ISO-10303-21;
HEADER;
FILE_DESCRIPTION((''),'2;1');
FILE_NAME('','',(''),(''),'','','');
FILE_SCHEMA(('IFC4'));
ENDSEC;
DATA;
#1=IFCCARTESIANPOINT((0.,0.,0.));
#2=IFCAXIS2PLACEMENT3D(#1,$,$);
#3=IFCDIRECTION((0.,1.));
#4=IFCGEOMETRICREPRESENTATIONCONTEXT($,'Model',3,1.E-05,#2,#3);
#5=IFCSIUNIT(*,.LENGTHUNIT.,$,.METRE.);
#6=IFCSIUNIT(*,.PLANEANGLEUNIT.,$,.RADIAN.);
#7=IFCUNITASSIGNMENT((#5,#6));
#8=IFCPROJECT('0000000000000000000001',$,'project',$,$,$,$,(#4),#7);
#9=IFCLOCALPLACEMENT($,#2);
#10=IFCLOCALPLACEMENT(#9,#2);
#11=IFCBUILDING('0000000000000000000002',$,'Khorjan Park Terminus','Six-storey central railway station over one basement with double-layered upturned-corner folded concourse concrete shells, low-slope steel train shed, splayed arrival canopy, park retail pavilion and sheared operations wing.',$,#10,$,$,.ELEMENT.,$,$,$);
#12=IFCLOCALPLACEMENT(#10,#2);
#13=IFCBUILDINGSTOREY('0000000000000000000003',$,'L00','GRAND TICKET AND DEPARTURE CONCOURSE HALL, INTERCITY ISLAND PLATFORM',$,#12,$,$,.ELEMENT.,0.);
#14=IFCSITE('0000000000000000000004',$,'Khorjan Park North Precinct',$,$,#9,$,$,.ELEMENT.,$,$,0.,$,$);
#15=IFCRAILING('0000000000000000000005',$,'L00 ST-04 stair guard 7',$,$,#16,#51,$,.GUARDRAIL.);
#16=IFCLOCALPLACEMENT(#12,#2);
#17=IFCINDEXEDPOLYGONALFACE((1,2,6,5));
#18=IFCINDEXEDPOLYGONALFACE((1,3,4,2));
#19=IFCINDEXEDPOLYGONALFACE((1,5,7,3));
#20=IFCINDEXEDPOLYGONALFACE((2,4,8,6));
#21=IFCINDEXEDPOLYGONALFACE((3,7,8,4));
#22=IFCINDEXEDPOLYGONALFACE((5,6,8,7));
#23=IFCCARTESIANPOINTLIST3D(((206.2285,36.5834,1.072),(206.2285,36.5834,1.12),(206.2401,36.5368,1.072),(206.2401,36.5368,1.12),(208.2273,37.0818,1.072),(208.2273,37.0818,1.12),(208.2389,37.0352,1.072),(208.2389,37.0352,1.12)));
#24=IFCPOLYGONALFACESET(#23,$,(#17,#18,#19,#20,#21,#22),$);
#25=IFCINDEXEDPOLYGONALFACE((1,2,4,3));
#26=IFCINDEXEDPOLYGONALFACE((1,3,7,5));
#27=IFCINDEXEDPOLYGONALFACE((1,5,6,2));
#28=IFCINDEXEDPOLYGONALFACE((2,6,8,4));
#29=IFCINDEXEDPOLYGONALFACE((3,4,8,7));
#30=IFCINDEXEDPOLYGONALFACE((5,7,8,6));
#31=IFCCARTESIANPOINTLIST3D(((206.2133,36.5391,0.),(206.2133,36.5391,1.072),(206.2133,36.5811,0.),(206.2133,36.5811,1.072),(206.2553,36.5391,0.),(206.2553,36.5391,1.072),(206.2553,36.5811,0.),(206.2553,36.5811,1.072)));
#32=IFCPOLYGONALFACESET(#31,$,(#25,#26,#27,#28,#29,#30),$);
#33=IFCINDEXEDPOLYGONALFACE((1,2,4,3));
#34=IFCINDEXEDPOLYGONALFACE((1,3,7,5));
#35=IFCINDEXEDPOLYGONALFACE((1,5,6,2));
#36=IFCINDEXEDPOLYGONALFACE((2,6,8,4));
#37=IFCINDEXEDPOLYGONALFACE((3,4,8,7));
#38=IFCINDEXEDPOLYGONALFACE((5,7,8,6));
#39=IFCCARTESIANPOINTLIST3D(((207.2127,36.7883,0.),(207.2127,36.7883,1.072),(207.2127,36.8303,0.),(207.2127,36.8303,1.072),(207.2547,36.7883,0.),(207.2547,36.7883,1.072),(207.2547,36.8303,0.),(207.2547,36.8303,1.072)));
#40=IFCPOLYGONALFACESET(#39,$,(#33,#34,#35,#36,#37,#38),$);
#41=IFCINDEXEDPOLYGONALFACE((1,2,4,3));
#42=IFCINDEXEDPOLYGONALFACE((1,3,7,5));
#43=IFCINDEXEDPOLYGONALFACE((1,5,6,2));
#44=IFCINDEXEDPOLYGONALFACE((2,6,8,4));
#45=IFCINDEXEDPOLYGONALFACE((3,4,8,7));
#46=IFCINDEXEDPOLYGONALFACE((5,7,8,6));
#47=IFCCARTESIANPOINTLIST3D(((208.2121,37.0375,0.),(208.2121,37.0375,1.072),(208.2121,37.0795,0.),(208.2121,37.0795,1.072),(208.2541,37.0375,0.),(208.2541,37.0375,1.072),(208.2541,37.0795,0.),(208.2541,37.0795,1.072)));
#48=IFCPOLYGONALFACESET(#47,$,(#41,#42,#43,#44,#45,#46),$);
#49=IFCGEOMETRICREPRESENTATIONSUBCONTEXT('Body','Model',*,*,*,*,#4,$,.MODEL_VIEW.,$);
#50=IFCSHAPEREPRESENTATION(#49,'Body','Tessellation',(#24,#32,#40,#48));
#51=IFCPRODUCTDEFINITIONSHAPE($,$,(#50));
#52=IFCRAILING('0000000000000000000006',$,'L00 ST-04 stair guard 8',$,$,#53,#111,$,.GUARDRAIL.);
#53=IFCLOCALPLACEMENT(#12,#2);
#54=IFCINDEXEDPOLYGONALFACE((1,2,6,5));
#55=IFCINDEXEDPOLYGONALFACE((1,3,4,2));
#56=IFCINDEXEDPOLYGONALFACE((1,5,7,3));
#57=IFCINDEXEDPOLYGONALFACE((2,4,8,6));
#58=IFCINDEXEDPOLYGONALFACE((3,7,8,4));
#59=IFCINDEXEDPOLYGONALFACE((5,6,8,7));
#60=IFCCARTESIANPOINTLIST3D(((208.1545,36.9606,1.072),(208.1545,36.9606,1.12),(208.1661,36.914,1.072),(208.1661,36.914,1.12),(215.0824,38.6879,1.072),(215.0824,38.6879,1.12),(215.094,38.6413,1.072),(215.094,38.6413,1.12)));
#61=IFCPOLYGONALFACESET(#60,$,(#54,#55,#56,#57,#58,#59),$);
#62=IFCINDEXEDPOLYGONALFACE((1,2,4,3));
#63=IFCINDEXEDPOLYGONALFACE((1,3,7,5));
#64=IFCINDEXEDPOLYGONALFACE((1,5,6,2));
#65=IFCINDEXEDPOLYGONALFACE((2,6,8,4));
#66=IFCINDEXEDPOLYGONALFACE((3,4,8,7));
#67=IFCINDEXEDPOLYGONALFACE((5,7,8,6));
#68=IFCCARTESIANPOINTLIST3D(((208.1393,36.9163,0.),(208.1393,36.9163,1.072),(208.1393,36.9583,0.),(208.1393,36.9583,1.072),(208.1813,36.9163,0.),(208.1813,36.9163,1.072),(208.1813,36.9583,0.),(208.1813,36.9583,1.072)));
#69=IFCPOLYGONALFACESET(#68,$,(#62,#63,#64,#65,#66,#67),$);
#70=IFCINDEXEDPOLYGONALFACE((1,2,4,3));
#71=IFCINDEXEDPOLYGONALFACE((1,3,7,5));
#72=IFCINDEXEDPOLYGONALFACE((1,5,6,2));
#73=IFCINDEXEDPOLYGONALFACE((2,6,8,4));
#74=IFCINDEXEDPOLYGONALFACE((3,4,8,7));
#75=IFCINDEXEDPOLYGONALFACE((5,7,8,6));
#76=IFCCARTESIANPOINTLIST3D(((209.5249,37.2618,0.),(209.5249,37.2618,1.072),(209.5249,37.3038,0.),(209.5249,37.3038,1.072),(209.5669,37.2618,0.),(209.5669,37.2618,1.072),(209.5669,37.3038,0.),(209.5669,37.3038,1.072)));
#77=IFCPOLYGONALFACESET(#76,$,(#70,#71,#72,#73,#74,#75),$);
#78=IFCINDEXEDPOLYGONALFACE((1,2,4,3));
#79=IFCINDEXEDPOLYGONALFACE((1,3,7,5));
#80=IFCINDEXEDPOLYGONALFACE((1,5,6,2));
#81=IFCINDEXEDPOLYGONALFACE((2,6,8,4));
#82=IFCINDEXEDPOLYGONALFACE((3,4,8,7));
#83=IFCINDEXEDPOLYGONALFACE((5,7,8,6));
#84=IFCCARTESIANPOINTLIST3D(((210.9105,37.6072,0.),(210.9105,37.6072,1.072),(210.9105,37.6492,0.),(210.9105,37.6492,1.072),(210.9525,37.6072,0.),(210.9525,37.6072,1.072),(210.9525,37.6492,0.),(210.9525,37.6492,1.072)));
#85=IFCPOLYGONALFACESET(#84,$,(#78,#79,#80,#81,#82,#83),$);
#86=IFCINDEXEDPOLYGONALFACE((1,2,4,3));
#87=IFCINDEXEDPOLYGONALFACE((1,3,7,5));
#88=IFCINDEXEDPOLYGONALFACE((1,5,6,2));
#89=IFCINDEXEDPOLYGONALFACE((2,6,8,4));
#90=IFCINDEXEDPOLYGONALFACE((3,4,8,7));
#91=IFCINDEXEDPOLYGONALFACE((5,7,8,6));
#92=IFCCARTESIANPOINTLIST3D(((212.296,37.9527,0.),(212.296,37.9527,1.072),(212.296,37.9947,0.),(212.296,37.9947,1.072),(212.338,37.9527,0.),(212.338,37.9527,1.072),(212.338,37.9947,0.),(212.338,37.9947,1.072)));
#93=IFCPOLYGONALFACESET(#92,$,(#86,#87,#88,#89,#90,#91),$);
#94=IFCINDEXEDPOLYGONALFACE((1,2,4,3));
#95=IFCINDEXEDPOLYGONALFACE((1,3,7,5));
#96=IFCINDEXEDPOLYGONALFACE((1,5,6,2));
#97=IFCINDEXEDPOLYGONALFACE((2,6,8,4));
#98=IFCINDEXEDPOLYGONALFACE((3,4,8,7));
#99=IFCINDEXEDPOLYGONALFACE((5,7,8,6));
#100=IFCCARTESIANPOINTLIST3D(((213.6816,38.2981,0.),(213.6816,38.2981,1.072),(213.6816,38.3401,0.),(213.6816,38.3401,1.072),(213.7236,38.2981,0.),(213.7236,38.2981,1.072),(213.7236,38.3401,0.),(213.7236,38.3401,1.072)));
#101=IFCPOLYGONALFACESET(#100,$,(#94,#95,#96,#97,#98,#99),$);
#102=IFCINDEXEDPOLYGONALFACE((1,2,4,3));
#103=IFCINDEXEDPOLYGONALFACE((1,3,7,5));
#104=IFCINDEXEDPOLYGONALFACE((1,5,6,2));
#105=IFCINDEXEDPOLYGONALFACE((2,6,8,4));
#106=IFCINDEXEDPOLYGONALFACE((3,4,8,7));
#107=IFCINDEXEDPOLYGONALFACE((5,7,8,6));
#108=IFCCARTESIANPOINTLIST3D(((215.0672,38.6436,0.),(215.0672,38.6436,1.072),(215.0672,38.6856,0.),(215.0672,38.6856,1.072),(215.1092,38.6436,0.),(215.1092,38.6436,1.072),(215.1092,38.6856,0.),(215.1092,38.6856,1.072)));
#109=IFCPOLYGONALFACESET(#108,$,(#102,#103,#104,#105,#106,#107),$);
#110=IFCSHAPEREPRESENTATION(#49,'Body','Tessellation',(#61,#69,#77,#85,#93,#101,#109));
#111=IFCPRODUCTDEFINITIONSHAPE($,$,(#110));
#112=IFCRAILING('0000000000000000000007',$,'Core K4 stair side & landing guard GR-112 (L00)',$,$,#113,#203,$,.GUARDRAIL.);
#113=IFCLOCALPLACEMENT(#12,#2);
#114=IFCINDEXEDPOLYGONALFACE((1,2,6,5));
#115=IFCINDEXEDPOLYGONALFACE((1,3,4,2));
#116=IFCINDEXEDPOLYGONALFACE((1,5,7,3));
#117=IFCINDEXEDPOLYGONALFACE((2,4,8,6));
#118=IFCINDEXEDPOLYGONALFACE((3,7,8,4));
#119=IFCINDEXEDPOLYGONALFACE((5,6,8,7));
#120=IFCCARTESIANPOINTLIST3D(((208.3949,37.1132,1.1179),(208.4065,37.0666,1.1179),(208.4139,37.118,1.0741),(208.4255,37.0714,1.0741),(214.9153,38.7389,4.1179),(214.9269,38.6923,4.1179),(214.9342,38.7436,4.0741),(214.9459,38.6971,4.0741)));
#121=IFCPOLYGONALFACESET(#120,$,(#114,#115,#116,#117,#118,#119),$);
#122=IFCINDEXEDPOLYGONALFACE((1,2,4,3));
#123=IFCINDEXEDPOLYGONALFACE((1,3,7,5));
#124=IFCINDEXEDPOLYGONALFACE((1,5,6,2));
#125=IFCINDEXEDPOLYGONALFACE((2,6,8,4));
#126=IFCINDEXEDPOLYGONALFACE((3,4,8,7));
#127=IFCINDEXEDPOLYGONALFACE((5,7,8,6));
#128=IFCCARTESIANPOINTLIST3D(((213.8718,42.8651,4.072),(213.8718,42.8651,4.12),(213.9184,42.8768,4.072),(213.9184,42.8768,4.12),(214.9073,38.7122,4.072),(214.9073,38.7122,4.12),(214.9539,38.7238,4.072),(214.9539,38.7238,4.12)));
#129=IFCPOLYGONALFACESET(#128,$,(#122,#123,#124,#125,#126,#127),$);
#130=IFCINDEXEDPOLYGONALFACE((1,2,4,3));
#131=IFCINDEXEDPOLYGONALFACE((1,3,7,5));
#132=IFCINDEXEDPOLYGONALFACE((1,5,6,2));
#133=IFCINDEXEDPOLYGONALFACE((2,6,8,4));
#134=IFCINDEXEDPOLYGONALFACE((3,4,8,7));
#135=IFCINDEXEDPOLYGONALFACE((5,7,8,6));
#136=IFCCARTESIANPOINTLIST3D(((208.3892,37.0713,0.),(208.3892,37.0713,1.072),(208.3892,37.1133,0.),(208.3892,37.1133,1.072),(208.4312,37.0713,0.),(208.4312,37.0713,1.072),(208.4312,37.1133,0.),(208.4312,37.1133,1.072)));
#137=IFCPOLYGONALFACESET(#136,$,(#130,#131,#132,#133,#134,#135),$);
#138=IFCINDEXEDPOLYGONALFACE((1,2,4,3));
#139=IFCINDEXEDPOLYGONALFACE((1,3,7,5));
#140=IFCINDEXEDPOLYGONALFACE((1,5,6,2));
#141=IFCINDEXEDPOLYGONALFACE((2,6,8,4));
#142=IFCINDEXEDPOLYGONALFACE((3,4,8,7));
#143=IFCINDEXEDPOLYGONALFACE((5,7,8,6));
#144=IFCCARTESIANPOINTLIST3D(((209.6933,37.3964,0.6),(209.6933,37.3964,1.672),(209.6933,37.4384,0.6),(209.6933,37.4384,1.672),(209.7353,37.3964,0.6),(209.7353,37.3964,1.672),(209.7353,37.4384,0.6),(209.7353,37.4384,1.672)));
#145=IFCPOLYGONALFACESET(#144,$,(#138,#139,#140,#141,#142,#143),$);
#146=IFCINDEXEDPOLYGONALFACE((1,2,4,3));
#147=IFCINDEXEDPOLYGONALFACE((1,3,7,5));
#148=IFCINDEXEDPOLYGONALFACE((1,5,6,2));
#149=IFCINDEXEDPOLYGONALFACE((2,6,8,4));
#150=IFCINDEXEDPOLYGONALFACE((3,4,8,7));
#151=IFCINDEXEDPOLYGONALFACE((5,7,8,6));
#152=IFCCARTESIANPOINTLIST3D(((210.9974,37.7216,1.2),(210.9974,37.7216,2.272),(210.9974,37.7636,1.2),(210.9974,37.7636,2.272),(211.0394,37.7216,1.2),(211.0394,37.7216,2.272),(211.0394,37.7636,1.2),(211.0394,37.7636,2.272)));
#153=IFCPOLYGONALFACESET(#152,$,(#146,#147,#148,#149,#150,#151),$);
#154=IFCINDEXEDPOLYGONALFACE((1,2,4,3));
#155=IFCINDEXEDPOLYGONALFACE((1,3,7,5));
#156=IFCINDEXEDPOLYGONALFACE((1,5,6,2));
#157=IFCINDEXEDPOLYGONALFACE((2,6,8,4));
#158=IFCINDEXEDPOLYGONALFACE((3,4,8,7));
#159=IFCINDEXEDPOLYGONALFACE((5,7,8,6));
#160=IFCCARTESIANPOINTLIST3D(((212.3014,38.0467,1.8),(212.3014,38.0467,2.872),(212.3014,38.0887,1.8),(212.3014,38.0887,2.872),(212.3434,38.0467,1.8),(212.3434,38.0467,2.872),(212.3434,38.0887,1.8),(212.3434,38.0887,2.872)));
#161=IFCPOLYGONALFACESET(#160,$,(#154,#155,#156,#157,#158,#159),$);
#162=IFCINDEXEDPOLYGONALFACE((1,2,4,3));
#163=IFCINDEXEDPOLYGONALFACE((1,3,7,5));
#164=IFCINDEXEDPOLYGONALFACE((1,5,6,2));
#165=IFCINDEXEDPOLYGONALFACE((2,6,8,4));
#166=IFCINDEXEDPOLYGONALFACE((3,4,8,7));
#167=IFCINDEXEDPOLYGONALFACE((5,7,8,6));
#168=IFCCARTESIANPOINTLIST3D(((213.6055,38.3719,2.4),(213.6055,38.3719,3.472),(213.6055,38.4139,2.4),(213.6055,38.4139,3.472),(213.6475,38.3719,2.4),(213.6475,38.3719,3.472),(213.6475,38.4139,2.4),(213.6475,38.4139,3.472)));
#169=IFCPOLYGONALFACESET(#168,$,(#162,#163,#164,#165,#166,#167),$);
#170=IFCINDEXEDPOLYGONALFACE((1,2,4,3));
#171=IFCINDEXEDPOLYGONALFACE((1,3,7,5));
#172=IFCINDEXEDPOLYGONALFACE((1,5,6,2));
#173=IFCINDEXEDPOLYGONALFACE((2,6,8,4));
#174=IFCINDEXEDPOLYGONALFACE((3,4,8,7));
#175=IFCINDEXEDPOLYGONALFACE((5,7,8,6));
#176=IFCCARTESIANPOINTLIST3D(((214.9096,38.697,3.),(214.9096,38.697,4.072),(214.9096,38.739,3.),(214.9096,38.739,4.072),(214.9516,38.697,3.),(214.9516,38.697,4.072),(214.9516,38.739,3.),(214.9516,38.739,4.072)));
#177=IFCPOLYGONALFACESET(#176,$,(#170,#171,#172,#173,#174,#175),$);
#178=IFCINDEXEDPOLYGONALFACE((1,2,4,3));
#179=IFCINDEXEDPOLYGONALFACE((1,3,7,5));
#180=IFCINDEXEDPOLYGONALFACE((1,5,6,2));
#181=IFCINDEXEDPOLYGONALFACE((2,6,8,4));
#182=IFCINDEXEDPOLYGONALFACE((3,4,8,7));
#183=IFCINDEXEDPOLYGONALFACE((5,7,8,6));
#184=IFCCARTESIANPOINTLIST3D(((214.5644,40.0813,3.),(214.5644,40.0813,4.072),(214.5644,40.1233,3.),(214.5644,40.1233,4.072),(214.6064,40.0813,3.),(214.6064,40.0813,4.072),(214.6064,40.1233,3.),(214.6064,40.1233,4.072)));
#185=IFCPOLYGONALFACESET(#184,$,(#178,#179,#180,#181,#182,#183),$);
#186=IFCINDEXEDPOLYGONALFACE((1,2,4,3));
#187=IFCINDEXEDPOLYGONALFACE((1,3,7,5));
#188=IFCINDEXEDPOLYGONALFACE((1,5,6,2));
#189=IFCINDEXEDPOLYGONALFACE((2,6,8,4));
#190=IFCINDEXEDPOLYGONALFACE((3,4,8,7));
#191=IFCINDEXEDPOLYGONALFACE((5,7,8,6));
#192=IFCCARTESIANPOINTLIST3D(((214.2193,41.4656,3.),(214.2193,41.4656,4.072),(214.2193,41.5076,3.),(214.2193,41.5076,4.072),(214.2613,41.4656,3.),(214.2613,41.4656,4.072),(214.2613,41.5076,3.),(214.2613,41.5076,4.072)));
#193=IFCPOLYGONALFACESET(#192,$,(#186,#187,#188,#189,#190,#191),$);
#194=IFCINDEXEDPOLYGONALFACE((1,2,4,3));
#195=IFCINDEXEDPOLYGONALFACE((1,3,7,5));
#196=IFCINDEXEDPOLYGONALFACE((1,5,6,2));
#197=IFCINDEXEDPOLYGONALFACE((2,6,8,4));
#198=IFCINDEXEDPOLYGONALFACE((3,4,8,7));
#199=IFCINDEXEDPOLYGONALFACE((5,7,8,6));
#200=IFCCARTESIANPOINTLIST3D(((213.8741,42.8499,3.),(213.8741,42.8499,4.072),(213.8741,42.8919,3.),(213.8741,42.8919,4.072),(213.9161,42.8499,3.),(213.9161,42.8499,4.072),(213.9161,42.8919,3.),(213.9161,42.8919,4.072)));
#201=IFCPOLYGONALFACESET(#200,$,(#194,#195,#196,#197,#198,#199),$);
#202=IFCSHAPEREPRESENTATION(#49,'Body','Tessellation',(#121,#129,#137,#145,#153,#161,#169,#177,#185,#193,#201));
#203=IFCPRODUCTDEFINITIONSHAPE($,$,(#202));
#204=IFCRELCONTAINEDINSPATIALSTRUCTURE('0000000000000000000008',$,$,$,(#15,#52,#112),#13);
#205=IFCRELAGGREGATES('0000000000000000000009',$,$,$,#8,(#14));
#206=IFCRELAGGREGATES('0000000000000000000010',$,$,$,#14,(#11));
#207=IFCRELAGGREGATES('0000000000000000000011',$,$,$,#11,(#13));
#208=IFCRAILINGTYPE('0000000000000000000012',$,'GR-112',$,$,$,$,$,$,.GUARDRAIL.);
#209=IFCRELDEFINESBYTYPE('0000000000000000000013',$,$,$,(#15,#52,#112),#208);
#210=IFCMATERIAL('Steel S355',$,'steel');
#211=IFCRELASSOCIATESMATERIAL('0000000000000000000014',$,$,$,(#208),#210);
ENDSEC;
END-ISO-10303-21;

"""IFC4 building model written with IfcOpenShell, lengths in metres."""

from ifc_helpers import new_model, si_unit, direction, frame, origin, origin_2d, place, context, subcontext, project, spatial, rectangle, extrude, material, type_object, element, save


model = new_model("IFC4")

# Units and contexts
model_context = context("Model", 3, precision=1e-05, world=origin(), true_north=direction((0.0, 1.0)))
body_context = subcontext(model_context, "Body", "Model", "MODEL_VIEW")
ifc_project = project(units=[si_unit("LENGTHUNIT", "METRE"), si_unit("PLANEANGLEUNIT", "RADIAN")], contexts=[model_context])

# Site, building, storey
site_placement = place(None, origin())
site = spatial("IfcSite", under=ifc_project, at=site_placement, Name="Khorjan Park North Precinct", CompositionType="ELEMENT", RefElevation=0.0)
building_placement = place(site_placement, origin())
building = spatial("IfcBuilding", under=site, at=building_placement, Name="Khorjan Park Terminus", Description="Six-storey central railway station over one basement with double-layered upturned-corner folded concourse concrete shells, low-slope steel train shed, splayed arrival canopy, park retail pavilion and sheared operations wing.", CompositionType="ELEMENT")
storey_placement = place(building_placement, origin())
storey = spatial("IfcBuildingStorey", under=building, at=storey_placement, Name="L00", Description="GRAND TICKET AND DEPARTURE CONCOURSE HALL, INTERCITY ISLAND PLATFORM", CompositionType="ELEMENT", Elevation=0.0)

# Shared definitions
ifc_material_1 = material(Name="Steel S355", Category="steel")

# Railings
railing_type_1 = type_object("IfcRailingType", Name="GR-112", PredefinedType="GUARDRAIL", material=ifc_material_1)
railing_1_placement = place(storey_placement, frame((206.2343, 36.5601, 0.0)))
element("IfcRailing", 1, at=railing_1_placement, inside=storey, type_object=railing_type_1, Name="L00 ST-04 stair guard 7", PredefinedType="GUARDRAIL", context=body_context, shape_type="SweptSolid", body=[
    extrude(rectangle(XDim=0.048, YDim=0.048, at=origin_2d()), frame((0.0, 0.0, 1.096), z_axis=(0.970291, 0.241942, 0.0), x_axis=(-0.241942, 0.970291, 0.0)), (0.0, 0.0, 1.0), 2.06),
    extrude(rectangle(XDim=0.042, YDim=0.042, at=origin_2d()), origin(), (0.0, 0.0, 1.0), 1.072),
    extrude(rectangle(XDim=0.042, YDim=0.042, at=origin_2d()), frame((0.9994, 0.2492, 0.0)), (0.0, 0.0, 1.0), 1.072),
    extrude(rectangle(XDim=0.042, YDim=0.042, at=origin_2d()), frame((1.9988, 0.4984, 0.0)), (0.0, 0.0, 1.0), 1.072),
])
railing_2_placement = place(storey_placement, frame((208.1603, 36.9373, 0.0)))
element("IfcRailing", 2, at=railing_2_placement, inside=storey, type_object=railing_type_1, Name="L00 ST-04 stair guard 8", PredefinedType="GUARDRAIL", context=body_context, shape_type="SweptSolid", body=[
    extrude(rectangle(XDim=0.048, YDim=0.048, at=origin_2d()), frame((0.0, 0.0, 1.096), z_axis=(0.970296, 0.241919, 0.0), x_axis=(-0.241919, 0.970296, 0.0)), (0.0, 0.0, 1.0), 7.14),
    extrude(rectangle(XDim=0.042, YDim=0.042, at=origin_2d()), origin(), (0.0, 0.0, 1.0), 1.072),
    extrude(rectangle(XDim=0.042, YDim=0.042, at=origin_2d()), frame((1.3856, 0.3455, 0.0)), (0.0, 0.0, 1.0), 1.072),
    extrude(rectangle(XDim=0.042, YDim=0.042, at=origin_2d()), frame((2.7712, 0.6909, 0.0)), (0.0, 0.0, 1.0), 1.072),
    extrude(rectangle(XDim=0.042, YDim=0.042, at=origin_2d()), frame((4.1567, 1.0364, 0.0)), (0.0, 0.0, 1.0), 1.072),
    extrude(rectangle(XDim=0.042, YDim=0.042, at=origin_2d()), frame((5.5423, 1.3818, 0.0)), (0.0, 0.0, 1.0), 1.072),
    extrude(rectangle(XDim=0.042, YDim=0.042, at=origin_2d()), frame((6.9279, 1.7273, 0.0)), (0.0, 0.0, 1.0), 1.072),
])
railing_3_placement = place(storey_placement, frame((208.4102, 37.0923, 0.0)))
element("IfcRailing", 3, at=railing_3_placement, inside=storey, type_object=railing_type_1, Name="Core K4 stair side & landing guard GR-112 (L00)", PredefinedType="GUARDRAIL", context=body_context, shape_type="SweptSolid", body=[
    extrude(rectangle(XDim=0.048, YDim=0.048, at=origin_2d()), frame((0.0, 0.0, 1.096), z_axis=(0.886015, 0.220906, 0.40765), x_axis=(-0.241919, 0.970296, 0.0)), (0.0, 0.0, 1.0), 7.3592),
    extrude(rectangle(XDim=0.048, YDim=0.048, at=origin_2d()), frame((6.5204, 1.6257, 4.096), z_axis=(-0.241936, 0.970292, 0.0), x_axis=(-0.970292, -0.241936, 0.0)), (0.0, 0.0, 1.0), 4.2801),
    extrude(rectangle(XDim=0.042, YDim=0.042, at=origin_2d()), origin(), (0.0, 0.0, 1.0), 1.072),
    extrude(rectangle(XDim=0.042, YDim=0.042, at=origin_2d()), frame((1.3041, 0.3251, 0.6)), (0.0, 0.0, 1.0), 1.072),
    extrude(rectangle(XDim=0.042, YDim=0.042, at=origin_2d()), frame((2.6082, 0.6503, 1.2)), (0.0, 0.0, 1.0), 1.072),
    extrude(rectangle(XDim=0.042, YDim=0.042, at=origin_2d()), frame((3.9122, 0.9754, 1.8)), (0.0, 0.0, 1.0), 1.072),
    extrude(rectangle(XDim=0.042, YDim=0.042, at=origin_2d()), frame((5.2163, 1.3006, 2.4)), (0.0, 0.0, 1.0), 1.072),
    extrude(rectangle(XDim=0.042, YDim=0.042, at=origin_2d()), frame((6.5204, 1.6257, 3.0)), (0.0, 0.0, 1.0), 1.072),
    extrude(rectangle(XDim=0.042, YDim=0.042, at=origin_2d()), frame((6.1752, 3.01, 3.0)), (0.0, 0.0, 1.0), 1.072),
    extrude(rectangle(XDim=0.042, YDim=0.042, at=origin_2d()), frame((5.8301, 4.3943, 3.0)), (0.0, 0.0, 1.0), 1.072),
    extrude(rectangle(XDim=0.042, YDim=0.042, at=origin_2d()), frame((5.4849, 5.7786, 3.0)), (0.0, 0.0, 1.0), 1.072),
])

save(model, "model.ifc")
